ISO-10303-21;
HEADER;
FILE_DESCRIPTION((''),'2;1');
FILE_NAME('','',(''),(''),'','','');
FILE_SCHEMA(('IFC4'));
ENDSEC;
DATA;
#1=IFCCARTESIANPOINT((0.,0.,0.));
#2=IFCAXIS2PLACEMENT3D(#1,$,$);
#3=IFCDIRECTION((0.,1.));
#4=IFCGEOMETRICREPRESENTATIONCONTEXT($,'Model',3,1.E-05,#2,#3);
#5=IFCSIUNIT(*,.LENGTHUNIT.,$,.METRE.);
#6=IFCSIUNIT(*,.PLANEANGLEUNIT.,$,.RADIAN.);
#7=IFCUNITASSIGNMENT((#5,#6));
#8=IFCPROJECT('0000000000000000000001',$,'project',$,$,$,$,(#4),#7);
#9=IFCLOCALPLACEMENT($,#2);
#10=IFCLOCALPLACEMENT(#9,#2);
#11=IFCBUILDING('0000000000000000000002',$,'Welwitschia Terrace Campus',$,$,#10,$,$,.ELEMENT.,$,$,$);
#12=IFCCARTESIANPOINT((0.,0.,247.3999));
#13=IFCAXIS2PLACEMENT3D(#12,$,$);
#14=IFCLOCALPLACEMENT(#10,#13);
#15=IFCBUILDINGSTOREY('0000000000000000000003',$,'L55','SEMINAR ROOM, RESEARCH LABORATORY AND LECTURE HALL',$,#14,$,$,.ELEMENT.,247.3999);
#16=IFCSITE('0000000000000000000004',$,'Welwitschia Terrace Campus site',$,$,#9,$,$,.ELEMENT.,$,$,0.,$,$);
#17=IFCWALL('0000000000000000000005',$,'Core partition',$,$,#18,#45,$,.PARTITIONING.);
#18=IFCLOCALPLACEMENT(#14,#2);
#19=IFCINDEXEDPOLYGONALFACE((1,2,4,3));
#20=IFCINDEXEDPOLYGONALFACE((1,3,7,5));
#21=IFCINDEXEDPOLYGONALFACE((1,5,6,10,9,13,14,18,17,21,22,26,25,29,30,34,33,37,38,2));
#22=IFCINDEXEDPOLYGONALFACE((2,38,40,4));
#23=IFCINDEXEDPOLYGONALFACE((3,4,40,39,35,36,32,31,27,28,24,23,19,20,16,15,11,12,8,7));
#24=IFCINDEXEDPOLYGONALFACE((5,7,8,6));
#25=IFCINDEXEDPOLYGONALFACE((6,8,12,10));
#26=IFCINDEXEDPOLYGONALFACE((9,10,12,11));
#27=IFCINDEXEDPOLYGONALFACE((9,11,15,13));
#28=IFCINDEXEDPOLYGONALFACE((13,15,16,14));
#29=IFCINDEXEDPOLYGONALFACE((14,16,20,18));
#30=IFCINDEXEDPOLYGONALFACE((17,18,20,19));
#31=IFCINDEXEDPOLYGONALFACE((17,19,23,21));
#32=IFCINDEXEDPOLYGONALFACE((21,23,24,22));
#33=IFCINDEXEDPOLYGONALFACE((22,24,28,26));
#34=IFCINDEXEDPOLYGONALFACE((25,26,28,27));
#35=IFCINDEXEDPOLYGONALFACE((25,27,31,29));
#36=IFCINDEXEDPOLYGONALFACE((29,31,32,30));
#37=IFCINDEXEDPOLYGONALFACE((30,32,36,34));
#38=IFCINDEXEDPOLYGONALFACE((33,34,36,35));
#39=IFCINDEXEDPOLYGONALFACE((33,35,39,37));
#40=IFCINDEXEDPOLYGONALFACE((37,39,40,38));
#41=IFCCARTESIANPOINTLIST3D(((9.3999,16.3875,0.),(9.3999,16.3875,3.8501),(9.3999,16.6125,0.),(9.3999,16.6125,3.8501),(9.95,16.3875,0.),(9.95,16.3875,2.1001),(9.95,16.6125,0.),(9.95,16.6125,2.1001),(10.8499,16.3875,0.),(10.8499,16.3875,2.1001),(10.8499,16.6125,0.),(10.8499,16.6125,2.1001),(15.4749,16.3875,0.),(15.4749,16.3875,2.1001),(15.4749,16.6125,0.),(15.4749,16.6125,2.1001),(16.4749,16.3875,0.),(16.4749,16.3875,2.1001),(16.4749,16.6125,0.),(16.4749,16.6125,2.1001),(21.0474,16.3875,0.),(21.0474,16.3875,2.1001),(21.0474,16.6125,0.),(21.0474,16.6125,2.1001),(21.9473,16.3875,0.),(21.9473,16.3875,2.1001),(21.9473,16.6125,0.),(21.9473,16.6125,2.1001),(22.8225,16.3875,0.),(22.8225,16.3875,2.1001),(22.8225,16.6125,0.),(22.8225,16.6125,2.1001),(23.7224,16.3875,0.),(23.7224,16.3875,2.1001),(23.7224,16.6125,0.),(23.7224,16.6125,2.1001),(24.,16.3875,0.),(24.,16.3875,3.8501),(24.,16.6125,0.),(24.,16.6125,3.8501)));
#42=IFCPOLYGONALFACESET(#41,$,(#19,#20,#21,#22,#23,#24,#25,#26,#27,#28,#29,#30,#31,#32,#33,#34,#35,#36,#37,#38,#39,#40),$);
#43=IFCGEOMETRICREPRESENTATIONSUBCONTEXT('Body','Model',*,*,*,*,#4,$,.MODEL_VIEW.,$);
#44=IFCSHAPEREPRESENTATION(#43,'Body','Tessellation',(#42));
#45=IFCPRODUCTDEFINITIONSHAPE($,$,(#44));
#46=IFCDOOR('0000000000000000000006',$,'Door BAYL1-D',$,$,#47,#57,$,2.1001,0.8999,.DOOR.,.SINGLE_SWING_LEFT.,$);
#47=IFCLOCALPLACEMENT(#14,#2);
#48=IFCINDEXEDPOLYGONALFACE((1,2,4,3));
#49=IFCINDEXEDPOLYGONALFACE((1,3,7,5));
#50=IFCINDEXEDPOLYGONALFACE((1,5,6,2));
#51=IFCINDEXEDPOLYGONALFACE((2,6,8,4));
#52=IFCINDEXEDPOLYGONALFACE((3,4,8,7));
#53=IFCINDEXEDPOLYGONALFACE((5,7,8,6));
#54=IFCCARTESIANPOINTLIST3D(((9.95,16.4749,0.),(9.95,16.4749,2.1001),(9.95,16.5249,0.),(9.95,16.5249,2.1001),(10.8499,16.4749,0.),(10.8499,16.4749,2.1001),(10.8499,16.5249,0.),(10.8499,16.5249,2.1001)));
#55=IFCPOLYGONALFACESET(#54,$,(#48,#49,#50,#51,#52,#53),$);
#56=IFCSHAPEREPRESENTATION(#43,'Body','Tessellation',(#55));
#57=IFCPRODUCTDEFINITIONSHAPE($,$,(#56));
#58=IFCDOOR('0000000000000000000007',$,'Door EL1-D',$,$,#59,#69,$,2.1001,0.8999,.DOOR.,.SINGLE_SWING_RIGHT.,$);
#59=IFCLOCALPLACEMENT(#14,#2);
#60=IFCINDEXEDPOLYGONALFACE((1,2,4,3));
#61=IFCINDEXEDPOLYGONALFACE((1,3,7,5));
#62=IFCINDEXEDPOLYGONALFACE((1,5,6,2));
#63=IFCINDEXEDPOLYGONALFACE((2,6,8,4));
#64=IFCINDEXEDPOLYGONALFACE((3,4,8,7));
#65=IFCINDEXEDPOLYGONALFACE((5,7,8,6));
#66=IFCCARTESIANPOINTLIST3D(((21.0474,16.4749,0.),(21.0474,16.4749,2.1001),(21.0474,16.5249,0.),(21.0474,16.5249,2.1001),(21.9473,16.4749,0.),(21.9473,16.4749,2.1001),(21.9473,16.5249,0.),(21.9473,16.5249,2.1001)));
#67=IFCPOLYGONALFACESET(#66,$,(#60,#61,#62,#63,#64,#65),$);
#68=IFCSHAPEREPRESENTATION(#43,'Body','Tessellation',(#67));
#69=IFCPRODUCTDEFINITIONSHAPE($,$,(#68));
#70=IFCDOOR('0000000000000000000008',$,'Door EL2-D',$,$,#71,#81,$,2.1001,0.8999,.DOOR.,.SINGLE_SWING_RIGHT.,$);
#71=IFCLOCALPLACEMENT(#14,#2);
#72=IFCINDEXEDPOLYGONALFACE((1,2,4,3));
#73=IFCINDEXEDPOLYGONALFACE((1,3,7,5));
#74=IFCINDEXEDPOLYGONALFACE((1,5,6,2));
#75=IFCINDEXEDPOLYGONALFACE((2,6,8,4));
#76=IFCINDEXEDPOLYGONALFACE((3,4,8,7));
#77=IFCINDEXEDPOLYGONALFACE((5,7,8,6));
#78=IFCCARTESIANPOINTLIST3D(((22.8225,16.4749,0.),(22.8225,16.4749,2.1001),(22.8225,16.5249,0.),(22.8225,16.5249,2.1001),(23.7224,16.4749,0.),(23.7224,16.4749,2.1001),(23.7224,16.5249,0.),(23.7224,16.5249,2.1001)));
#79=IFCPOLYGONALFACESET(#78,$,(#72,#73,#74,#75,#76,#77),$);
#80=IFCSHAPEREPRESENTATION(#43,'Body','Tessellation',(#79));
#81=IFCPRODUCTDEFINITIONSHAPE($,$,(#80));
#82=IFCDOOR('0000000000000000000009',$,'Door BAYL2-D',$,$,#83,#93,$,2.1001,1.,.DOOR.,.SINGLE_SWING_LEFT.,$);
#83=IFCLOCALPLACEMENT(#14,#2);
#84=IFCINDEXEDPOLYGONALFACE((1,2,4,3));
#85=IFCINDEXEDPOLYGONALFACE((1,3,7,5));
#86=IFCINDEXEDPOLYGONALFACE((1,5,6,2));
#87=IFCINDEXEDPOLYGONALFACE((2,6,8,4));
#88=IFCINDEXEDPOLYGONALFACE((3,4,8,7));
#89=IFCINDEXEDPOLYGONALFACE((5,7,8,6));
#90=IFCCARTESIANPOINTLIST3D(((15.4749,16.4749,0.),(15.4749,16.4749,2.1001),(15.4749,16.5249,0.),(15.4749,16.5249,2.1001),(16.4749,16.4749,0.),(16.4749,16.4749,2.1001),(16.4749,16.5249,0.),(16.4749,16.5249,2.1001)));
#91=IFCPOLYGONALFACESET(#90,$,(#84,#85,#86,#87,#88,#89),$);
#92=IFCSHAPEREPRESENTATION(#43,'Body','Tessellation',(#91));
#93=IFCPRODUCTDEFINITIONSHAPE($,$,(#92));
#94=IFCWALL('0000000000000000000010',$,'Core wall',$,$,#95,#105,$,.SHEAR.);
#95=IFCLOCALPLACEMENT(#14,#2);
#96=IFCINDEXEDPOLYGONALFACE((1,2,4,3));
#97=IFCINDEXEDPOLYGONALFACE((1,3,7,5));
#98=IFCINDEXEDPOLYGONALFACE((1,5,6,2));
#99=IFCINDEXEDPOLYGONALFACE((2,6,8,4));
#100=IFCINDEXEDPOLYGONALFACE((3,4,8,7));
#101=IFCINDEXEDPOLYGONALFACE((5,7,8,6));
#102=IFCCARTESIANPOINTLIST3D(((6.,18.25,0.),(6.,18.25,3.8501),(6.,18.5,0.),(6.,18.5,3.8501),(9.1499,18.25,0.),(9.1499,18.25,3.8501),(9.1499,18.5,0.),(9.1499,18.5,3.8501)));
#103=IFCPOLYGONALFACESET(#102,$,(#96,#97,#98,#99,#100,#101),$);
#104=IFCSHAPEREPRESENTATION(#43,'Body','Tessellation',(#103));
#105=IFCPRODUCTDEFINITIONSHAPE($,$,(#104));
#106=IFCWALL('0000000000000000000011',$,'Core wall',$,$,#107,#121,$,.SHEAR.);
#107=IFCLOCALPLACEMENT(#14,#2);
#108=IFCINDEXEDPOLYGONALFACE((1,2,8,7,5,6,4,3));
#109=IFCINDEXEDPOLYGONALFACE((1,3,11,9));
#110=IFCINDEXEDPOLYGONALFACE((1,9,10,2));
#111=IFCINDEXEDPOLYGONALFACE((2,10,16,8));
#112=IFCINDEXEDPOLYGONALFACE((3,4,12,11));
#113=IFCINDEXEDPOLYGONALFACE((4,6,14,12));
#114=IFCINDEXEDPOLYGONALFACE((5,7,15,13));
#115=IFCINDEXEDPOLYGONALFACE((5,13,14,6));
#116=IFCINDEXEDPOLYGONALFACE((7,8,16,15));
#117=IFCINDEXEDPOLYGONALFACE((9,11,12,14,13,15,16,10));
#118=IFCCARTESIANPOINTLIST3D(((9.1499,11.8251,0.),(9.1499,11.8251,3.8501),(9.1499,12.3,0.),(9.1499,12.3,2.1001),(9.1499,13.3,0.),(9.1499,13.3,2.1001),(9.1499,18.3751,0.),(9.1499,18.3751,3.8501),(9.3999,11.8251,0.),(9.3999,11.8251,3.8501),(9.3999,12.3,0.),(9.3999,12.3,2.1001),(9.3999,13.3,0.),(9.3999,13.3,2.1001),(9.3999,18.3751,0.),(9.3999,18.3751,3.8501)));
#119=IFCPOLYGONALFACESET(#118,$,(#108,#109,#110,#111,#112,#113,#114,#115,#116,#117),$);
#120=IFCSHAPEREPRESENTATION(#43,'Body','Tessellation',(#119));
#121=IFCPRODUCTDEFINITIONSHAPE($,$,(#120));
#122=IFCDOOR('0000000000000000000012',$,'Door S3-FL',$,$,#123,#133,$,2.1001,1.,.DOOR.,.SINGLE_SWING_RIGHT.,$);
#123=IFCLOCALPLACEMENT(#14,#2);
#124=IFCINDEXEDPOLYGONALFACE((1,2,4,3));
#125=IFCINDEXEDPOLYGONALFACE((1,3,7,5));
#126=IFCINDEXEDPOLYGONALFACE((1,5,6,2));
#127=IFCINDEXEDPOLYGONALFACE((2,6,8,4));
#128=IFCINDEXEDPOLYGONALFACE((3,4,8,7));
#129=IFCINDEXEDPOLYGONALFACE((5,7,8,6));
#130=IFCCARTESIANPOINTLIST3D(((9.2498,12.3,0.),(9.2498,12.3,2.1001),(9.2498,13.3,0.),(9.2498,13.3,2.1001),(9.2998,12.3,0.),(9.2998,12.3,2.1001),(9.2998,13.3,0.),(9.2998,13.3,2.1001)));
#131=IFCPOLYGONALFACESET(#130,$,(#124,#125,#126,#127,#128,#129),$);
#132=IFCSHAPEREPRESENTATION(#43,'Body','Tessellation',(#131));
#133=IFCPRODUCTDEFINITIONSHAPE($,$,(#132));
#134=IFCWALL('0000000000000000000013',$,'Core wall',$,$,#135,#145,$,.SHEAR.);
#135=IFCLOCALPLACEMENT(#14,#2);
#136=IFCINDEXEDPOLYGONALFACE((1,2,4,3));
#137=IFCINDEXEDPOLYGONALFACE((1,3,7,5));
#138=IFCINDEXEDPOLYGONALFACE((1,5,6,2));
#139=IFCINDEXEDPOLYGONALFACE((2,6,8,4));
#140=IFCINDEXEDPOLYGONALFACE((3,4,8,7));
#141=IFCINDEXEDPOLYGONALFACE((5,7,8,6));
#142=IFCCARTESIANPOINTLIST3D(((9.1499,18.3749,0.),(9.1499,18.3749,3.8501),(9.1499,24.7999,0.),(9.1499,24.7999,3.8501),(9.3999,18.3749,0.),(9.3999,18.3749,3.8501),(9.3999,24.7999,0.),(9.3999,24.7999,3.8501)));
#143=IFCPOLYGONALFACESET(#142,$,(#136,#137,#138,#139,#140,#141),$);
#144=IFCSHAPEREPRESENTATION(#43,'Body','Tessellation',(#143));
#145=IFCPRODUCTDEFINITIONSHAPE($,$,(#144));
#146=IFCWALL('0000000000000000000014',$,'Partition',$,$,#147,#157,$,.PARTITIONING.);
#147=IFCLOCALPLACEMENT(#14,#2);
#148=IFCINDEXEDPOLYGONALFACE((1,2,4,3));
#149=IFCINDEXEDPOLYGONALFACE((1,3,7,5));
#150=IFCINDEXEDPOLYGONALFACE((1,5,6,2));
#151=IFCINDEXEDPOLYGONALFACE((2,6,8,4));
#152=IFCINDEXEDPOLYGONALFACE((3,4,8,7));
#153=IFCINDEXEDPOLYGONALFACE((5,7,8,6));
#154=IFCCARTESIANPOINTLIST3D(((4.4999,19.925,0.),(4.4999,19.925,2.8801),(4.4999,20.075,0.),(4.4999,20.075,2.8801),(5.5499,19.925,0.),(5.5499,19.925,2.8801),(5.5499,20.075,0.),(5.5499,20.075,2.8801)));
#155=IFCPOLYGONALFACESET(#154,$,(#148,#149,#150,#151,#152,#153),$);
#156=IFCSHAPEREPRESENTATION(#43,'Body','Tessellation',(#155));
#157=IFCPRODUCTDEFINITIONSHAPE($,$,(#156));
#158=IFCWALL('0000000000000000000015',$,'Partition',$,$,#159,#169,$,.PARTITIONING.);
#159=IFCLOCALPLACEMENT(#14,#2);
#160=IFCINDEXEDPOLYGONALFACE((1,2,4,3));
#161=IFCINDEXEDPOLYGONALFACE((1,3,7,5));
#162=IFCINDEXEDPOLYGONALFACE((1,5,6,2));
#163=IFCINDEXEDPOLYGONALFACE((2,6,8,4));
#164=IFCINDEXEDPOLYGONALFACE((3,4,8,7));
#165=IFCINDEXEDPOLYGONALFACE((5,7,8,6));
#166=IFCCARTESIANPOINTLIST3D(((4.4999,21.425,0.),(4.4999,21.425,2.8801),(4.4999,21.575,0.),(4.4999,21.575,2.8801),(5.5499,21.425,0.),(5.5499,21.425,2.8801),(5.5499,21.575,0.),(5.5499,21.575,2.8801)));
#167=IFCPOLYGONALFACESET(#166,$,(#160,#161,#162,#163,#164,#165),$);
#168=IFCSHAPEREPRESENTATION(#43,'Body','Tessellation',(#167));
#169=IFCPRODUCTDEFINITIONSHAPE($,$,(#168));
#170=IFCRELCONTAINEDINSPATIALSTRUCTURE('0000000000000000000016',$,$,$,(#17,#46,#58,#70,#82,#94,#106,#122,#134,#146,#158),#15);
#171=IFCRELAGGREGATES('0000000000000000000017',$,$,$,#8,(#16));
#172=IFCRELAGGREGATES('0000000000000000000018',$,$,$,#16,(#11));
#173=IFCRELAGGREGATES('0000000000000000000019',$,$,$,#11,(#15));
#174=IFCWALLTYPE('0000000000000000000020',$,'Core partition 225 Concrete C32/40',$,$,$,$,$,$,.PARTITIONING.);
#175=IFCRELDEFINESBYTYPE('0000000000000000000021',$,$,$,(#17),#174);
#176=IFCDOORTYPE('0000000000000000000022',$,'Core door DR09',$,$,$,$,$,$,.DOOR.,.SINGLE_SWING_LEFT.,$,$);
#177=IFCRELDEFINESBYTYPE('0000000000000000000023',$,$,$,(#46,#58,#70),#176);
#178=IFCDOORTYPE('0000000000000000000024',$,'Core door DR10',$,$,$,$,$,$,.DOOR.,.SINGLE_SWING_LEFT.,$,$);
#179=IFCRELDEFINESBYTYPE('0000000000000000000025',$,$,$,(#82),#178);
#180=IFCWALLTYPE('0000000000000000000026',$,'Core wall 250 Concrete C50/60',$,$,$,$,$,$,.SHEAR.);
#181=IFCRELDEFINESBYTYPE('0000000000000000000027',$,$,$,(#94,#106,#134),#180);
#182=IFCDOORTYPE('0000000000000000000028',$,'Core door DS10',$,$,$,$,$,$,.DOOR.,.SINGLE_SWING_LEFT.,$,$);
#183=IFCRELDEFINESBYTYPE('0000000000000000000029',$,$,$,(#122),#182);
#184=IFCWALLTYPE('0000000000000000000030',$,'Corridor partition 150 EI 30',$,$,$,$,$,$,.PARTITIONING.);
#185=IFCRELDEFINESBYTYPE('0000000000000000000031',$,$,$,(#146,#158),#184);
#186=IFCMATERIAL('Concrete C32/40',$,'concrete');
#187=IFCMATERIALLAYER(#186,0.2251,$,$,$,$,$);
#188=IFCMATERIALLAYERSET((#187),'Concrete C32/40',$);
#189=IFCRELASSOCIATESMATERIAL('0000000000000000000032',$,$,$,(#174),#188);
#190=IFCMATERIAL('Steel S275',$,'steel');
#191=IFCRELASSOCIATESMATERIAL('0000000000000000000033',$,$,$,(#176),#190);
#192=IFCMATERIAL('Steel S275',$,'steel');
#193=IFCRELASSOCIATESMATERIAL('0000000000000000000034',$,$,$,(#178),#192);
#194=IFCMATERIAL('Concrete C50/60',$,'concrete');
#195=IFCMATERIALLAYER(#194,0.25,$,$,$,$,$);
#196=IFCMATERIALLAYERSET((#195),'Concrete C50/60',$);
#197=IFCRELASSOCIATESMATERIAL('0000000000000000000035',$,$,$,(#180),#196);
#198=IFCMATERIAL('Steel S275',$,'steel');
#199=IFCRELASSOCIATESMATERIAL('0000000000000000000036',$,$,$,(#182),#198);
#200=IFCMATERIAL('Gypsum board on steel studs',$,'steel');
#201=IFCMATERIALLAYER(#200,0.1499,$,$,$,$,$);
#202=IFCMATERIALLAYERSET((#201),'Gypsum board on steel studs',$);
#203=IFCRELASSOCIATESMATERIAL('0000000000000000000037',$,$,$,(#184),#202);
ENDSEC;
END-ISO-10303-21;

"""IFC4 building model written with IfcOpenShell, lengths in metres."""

from ifc_helpers import new_model, si_unit, direction, frame, frame_2d, origin, place, context, subcontext, project, spatial, rectangle, extrude, material, layer, layer_set, type_object, element, fill, save


model = new_model("IFC4")

# Units and contexts
model_context = context("Model", 3, precision=1e-05, world=origin(), true_north=direction((0.0, 1.0)))
body_context = subcontext(model_context, "Body", "Model", "MODEL_VIEW")
ifc_project = project(units=[si_unit("LENGTHUNIT", "METRE"), si_unit("PLANEANGLEUNIT", "RADIAN")], contexts=[model_context])

# Site, building, storey
site_placement = place(None, origin())
site = spatial("IfcSite", under=ifc_project, at=site_placement, Name="Welwitschia Terrace Campus site", CompositionType="ELEMENT", RefElevation=0.0)
building_placement = place(site_placement, origin())
building = spatial("IfcBuilding", under=site, at=building_placement, Name="Welwitschia Terrace Campus", CompositionType="ELEMENT")
storey_placement = place(building_placement, frame((0.0, 0.0, 247.3999)))
storey = spatial("IfcBuildingStorey", under=building, at=storey_placement, Name="L55", Description="SEMINAR ROOM, RESEARCH LABORATORY AND LECTURE HALL", CompositionType="ELEMENT", Elevation=247.3999)

# Shared definitions
ifc_material_1 = material(Name="Concrete C32/40", Category="concrete")
ifc_layer_1 = layer(ifc_material_1, 0.2251)
ifc_layer_set_1 = layer_set([ifc_layer_1], Name="Concrete C32/40")
wall_type_1 = type_object("IfcWallType", Name="Core partition 225 Concrete C32/40", PredefinedType="PARTITIONING", material=ifc_layer_set_1)

# Wall, openings, doors
wall_1_placement = place(storey_placement, frame((9.3999, 16.5, 0.0), z_axis=(0.0, 0.0, 1.0), x_axis=(1.0, 0.0, 0.0)))
wall_1 = element("IfcWall", 1, at=wall_1_placement, inside=storey, type_object=wall_type_1, Name="Core partition", PredefinedType="PARTITIONING", context=body_context, shape_type="SweptSolid", body=[
    extrude(rectangle(XDim=14.6001, YDim=0.2251, at=frame_2d((7.3, 0.0))), origin(), (0.0, 0.0, 1.0), 3.8501),
])
opening_1_placement = place(wall_1_placement, frame((0.55, 0.0, 0.0)))
opening_1 = element("IfcOpeningElement", 2, at=opening_1_placement, cuts=wall_1, PredefinedType="OPENING", context=body_context, shape_type="SweptSolid", body=[
    extrude(rectangle(XDim=0.8999, YDim=2.1001, at=frame_2d((0.45, 1.05))), frame((0.0, 0.1226, 0.0), z_axis=(0.0, -1.0, 0.0), x_axis=(1.0, 0.0, 0.0)), (0.0, 0.0, 1.0), 0.2451),
])
opening_2_placement = place(wall_1_placement, frame((6.075, 0.0, 0.0)))
opening_2 = element("IfcOpeningElement", 3, at=opening_2_placement, cuts=wall_1, PredefinedType="OPENING", context=body_context, shape_type="SweptSolid", body=[
    extrude(rectangle(XDim=1.0, YDim=2.1001, at=frame_2d((0.5, 1.05))), frame((0.0, 0.1226, 0.0), z_axis=(0.0, -1.0, 0.0), x_axis=(1.0, 0.0, 0.0)), (0.0, 0.0, 1.0), 0.2451),
])
opening_3_placement = place(wall_1_placement, frame((11.6475, 0.0, 0.0)))
opening_3 = element("IfcOpeningElement", 4, at=opening_3_placement, cuts=wall_1, PredefinedType="OPENING", context=body_context, shape_type="SweptSolid", body=[
    extrude(rectangle(XDim=0.8999, YDim=2.1001, at=frame_2d((0.45, 1.05))), frame((0.0, 0.1226, 0.0), z_axis=(0.0, -1.0, 0.0), x_axis=(1.0, 0.0, 0.0)), (0.0, 0.0, 1.0), 0.2451),
])
opening_4_placement = place(wall_1_placement, frame((13.4226, 0.0, 0.0)))
opening_4 = element("IfcOpeningElement", 5, at=opening_4_placement, cuts=wall_1, PredefinedType="OPENING", context=body_context, shape_type="SweptSolid", body=[
    extrude(rectangle(XDim=0.8999, YDim=2.1001, at=frame_2d((0.45, 1.05))), frame((0.0, 0.1226, 0.0), z_axis=(0.0, -1.0, 0.0), x_axis=(1.0, 0.0, 0.0)), (0.0, 0.0, 1.0), 0.2451),
])
ifc_material_2 = material(Name="Steel S275", Category="steel")
door_type_1 = type_object("IfcDoorType", Name="Core door DR09", OperationType="SINGLE_SWING_LEFT", PredefinedType="DOOR", material=ifc_material_2)
door_1_placement = place(opening_1_placement, origin())
door_1 = element("IfcDoor", 6, at=door_1_placement, inside=storey, type_object=door_type_1, Name="Door BAYL1-D", OperationType="SINGLE_SWING_LEFT", OverallHeight=2.1001, OverallWidth=0.8999, PredefinedType="DOOR", context=body_context, shape_type="SweptSolid", body=[
    extrude(rectangle(XDim=0.8999, YDim=2.1001, at=frame_2d((0.45, 1.05))), frame((0.0, 0.0249, 0.0), z_axis=(0.0, -1.0, 0.0), x_axis=(1.0, 0.0, 0.0)), (0.0, 0.0, 1.0), 0.05),
])
fill(opening_1, door_1)
door_2_placement = place(opening_3_placement, origin())
door_2 = element("IfcDoor", 7, at=door_2_placement, inside=storey, type_object=door_type_1, Name="Door EL1-D", OperationType="SINGLE_SWING_RIGHT", OverallHeight=2.1001, OverallWidth=0.8999, PredefinedType="DOOR", context=body_context, shape_type="SweptSolid", body=[
    extrude(rectangle(XDim=0.8999, YDim=2.1001, at=frame_2d((0.45, 1.05))), frame((0.0, 0.0249, 0.0), z_axis=(0.0, -1.0, 0.0), x_axis=(1.0, 0.0, 0.0)), (0.0, 0.0, 1.0), 0.05),
])
fill(opening_3, door_2)
door_3_placement = place(opening_4_placement, origin())
door_3 = element("IfcDoor", 8, at=door_3_placement, inside=storey, type_object=door_type_1, Name="Door EL2-D", OperationType="SINGLE_SWING_RIGHT", OverallHeight=2.1001, OverallWidth=0.8999, PredefinedType="DOOR", context=body_context, shape_type="SweptSolid", body=[
    extrude(rectangle(XDim=0.8999, YDim=2.1001, at=frame_2d((0.45, 1.05))), frame((0.0, 0.0249, 0.0), z_axis=(0.0, -1.0, 0.0), x_axis=(1.0, 0.0, 0.0)), (0.0, 0.0, 1.0), 0.05),
])
fill(opening_4, door_3)
ifc_material_3 = material(Name="Steel S275", Category="steel")
door_type_2 = type_object("IfcDoorType", Name="Core door DR10", OperationType="SINGLE_SWING_LEFT", PredefinedType="DOOR", material=ifc_material_3)
door_4_placement = place(opening_2_placement, origin())
door_4 = element("IfcDoor", 9, at=door_4_placement, inside=storey, type_object=door_type_2, Name="Door BAYL2-D", OperationType="SINGLE_SWING_LEFT", OverallHeight=2.1001, OverallWidth=1.0, PredefinedType="DOOR", context=body_context, shape_type="SweptSolid", body=[
    extrude(rectangle(XDim=1.0, YDim=2.1001, at=frame_2d((0.5, 1.05))), frame((0.0, 0.0249, 0.0), z_axis=(0.0, -1.0, 0.0), x_axis=(1.0, 0.0, 0.0)), (0.0, 0.0, 1.0), 0.05),
])
fill(opening_2, door_4)

# Wall
ifc_material_4 = material(Name="Concrete C50/60", Category="concrete")
ifc_layer_2 = layer(ifc_material_4, 0.25)
ifc_layer_set_2 = layer_set([ifc_layer_2], Name="Concrete C50/60")
wall_type_2 = type_object("IfcWallType", Name="Core wall 250 Concrete C50/60", PredefinedType="SHEAR", material=ifc_layer_set_2)
wall_2_placement = place(storey_placement, frame((6.0, 18.375, 0.0), z_axis=(0.0, 0.0, 1.0), x_axis=(1.0, 0.0, 0.0)))
element("IfcWall", 10, at=wall_2_placement, inside=storey, type_object=wall_type_2, Name="Core wall", PredefinedType="SHEAR", context=body_context, shape_type="SweptSolid", body=[
    extrude(rectangle(XDim=3.1499, YDim=0.25, at=frame_2d((1.575, 0.0))), origin(), (0.0, 0.0, 1.0), 3.8501),
])

# Wall, opening, door
wall_3_placement = place(storey_placement, frame((9.2749, 18.375, 0.0), z_axis=(0.0, 0.0, 1.0), x_axis=(0.0, -1.0, 0.0)))
wall_3 = element("IfcWall", 11, at=wall_3_placement, inside=storey, type_object=wall_type_2, Name="Core wall", PredefinedType="SHEAR", context=body_context, shape_type="SweptSolid", body=[
    extrude(rectangle(XDim=6.55, YDim=0.25, at=frame_2d((3.2749, 0.0))), origin(), (0.0, 0.0, 1.0), 3.8501),
])
opening_5_placement = place(wall_3_placement, frame((5.075, 0.0, 0.0)))
opening_5 = element("IfcOpeningElement", 12, at=opening_5_placement, cuts=wall_3, PredefinedType="OPENING", context=body_context, shape_type="SweptSolid", body=[
    extrude(rectangle(XDim=1.0, YDim=2.1001, at=frame_2d((0.5, 1.05))), frame((0.0, 0.135, 0.0), z_axis=(0.0, -1.0, 0.0), x_axis=(1.0, 0.0, 0.0)), (0.0, 0.0, 1.0), 0.27),
])
ifc_material_5 = material(Name="Steel S275", Category="steel")
door_type_3 = type_object("IfcDoorType", Name="Core door DS10", OperationType="SINGLE_SWING_LEFT", PredefinedType="DOOR", material=ifc_material_5)
door_5_placement = place(opening_5_placement, origin())
door_5 = element("IfcDoor", 13, at=door_5_placement, inside=storey, type_object=door_type_3, Name="Door S3-FL", OperationType="SINGLE_SWING_RIGHT", OverallHeight=2.1001, OverallWidth=1.0, PredefinedType="DOOR", context=body_context, shape_type="SweptSolid", body=[
    extrude(rectangle(XDim=1.0, YDim=2.1001, at=frame_2d((0.5, 1.05))), frame((0.0, 0.0249, 0.0), z_axis=(0.0, -1.0, 0.0), x_axis=(1.0, 0.0, 0.0)), (0.0, 0.0, 1.0), 0.05),
])
fill(opening_5, door_5)

# Walls
wall_4_placement = place(storey_placement, frame((9.2749, 18.375, 0.0), z_axis=(0.0, 0.0, 1.0), x_axis=(0.0, 1.0, 0.0)))
element("IfcWall", 14, at=wall_4_placement, inside=storey, type_object=wall_type_2, Name="Core wall", PredefinedType="SHEAR", context=body_context, shape_type="SweptSolid", body=[
    extrude(rectangle(XDim=6.425, YDim=0.25, at=frame_2d((3.2124, 0.0))), origin(), (0.0, 0.0, 1.0), 3.8501),
])
ifc_material_6 = material(Name="Gypsum board on steel studs", Category="steel")
ifc_layer_3 = layer(ifc_material_6, 0.1499)
ifc_layer_set_3 = layer_set([ifc_layer_3], Name="Gypsum board on steel studs")
wall_type_3 = type_object("IfcWallType", Name="Corridor partition 150 EI 30", PredefinedType="PARTITIONING", material=ifc_layer_set_3)
for number, where, z_axis, x_axis, name in (
    (15, (4.5, 20.0, 0.0), (0.0, 0.0, 1.0), (1.0, 0.0, 0.0), "Partition"),
    (16, (4.5, 21.5, 0.0), (0.0, 0.0, 1.0), (1.0, 0.0, 0.0), "Partition"),
):
    element("IfcWall", number, at=place(storey_placement, frame(where, z_axis=z_axis, x_axis=x_axis)), inside=storey, type_object=wall_type_3, Name=name, PredefinedType="PARTITIONING", context=body_context, shape_type="SweptSolid", body=[
        extrude(rectangle(XDim=1.05, YDim=0.1499, at=frame_2d((0.5249, 0.0))), origin(), (0.0, 0.0, 1.0), 2.8801),
    ])

save(model, "model.ifc")
